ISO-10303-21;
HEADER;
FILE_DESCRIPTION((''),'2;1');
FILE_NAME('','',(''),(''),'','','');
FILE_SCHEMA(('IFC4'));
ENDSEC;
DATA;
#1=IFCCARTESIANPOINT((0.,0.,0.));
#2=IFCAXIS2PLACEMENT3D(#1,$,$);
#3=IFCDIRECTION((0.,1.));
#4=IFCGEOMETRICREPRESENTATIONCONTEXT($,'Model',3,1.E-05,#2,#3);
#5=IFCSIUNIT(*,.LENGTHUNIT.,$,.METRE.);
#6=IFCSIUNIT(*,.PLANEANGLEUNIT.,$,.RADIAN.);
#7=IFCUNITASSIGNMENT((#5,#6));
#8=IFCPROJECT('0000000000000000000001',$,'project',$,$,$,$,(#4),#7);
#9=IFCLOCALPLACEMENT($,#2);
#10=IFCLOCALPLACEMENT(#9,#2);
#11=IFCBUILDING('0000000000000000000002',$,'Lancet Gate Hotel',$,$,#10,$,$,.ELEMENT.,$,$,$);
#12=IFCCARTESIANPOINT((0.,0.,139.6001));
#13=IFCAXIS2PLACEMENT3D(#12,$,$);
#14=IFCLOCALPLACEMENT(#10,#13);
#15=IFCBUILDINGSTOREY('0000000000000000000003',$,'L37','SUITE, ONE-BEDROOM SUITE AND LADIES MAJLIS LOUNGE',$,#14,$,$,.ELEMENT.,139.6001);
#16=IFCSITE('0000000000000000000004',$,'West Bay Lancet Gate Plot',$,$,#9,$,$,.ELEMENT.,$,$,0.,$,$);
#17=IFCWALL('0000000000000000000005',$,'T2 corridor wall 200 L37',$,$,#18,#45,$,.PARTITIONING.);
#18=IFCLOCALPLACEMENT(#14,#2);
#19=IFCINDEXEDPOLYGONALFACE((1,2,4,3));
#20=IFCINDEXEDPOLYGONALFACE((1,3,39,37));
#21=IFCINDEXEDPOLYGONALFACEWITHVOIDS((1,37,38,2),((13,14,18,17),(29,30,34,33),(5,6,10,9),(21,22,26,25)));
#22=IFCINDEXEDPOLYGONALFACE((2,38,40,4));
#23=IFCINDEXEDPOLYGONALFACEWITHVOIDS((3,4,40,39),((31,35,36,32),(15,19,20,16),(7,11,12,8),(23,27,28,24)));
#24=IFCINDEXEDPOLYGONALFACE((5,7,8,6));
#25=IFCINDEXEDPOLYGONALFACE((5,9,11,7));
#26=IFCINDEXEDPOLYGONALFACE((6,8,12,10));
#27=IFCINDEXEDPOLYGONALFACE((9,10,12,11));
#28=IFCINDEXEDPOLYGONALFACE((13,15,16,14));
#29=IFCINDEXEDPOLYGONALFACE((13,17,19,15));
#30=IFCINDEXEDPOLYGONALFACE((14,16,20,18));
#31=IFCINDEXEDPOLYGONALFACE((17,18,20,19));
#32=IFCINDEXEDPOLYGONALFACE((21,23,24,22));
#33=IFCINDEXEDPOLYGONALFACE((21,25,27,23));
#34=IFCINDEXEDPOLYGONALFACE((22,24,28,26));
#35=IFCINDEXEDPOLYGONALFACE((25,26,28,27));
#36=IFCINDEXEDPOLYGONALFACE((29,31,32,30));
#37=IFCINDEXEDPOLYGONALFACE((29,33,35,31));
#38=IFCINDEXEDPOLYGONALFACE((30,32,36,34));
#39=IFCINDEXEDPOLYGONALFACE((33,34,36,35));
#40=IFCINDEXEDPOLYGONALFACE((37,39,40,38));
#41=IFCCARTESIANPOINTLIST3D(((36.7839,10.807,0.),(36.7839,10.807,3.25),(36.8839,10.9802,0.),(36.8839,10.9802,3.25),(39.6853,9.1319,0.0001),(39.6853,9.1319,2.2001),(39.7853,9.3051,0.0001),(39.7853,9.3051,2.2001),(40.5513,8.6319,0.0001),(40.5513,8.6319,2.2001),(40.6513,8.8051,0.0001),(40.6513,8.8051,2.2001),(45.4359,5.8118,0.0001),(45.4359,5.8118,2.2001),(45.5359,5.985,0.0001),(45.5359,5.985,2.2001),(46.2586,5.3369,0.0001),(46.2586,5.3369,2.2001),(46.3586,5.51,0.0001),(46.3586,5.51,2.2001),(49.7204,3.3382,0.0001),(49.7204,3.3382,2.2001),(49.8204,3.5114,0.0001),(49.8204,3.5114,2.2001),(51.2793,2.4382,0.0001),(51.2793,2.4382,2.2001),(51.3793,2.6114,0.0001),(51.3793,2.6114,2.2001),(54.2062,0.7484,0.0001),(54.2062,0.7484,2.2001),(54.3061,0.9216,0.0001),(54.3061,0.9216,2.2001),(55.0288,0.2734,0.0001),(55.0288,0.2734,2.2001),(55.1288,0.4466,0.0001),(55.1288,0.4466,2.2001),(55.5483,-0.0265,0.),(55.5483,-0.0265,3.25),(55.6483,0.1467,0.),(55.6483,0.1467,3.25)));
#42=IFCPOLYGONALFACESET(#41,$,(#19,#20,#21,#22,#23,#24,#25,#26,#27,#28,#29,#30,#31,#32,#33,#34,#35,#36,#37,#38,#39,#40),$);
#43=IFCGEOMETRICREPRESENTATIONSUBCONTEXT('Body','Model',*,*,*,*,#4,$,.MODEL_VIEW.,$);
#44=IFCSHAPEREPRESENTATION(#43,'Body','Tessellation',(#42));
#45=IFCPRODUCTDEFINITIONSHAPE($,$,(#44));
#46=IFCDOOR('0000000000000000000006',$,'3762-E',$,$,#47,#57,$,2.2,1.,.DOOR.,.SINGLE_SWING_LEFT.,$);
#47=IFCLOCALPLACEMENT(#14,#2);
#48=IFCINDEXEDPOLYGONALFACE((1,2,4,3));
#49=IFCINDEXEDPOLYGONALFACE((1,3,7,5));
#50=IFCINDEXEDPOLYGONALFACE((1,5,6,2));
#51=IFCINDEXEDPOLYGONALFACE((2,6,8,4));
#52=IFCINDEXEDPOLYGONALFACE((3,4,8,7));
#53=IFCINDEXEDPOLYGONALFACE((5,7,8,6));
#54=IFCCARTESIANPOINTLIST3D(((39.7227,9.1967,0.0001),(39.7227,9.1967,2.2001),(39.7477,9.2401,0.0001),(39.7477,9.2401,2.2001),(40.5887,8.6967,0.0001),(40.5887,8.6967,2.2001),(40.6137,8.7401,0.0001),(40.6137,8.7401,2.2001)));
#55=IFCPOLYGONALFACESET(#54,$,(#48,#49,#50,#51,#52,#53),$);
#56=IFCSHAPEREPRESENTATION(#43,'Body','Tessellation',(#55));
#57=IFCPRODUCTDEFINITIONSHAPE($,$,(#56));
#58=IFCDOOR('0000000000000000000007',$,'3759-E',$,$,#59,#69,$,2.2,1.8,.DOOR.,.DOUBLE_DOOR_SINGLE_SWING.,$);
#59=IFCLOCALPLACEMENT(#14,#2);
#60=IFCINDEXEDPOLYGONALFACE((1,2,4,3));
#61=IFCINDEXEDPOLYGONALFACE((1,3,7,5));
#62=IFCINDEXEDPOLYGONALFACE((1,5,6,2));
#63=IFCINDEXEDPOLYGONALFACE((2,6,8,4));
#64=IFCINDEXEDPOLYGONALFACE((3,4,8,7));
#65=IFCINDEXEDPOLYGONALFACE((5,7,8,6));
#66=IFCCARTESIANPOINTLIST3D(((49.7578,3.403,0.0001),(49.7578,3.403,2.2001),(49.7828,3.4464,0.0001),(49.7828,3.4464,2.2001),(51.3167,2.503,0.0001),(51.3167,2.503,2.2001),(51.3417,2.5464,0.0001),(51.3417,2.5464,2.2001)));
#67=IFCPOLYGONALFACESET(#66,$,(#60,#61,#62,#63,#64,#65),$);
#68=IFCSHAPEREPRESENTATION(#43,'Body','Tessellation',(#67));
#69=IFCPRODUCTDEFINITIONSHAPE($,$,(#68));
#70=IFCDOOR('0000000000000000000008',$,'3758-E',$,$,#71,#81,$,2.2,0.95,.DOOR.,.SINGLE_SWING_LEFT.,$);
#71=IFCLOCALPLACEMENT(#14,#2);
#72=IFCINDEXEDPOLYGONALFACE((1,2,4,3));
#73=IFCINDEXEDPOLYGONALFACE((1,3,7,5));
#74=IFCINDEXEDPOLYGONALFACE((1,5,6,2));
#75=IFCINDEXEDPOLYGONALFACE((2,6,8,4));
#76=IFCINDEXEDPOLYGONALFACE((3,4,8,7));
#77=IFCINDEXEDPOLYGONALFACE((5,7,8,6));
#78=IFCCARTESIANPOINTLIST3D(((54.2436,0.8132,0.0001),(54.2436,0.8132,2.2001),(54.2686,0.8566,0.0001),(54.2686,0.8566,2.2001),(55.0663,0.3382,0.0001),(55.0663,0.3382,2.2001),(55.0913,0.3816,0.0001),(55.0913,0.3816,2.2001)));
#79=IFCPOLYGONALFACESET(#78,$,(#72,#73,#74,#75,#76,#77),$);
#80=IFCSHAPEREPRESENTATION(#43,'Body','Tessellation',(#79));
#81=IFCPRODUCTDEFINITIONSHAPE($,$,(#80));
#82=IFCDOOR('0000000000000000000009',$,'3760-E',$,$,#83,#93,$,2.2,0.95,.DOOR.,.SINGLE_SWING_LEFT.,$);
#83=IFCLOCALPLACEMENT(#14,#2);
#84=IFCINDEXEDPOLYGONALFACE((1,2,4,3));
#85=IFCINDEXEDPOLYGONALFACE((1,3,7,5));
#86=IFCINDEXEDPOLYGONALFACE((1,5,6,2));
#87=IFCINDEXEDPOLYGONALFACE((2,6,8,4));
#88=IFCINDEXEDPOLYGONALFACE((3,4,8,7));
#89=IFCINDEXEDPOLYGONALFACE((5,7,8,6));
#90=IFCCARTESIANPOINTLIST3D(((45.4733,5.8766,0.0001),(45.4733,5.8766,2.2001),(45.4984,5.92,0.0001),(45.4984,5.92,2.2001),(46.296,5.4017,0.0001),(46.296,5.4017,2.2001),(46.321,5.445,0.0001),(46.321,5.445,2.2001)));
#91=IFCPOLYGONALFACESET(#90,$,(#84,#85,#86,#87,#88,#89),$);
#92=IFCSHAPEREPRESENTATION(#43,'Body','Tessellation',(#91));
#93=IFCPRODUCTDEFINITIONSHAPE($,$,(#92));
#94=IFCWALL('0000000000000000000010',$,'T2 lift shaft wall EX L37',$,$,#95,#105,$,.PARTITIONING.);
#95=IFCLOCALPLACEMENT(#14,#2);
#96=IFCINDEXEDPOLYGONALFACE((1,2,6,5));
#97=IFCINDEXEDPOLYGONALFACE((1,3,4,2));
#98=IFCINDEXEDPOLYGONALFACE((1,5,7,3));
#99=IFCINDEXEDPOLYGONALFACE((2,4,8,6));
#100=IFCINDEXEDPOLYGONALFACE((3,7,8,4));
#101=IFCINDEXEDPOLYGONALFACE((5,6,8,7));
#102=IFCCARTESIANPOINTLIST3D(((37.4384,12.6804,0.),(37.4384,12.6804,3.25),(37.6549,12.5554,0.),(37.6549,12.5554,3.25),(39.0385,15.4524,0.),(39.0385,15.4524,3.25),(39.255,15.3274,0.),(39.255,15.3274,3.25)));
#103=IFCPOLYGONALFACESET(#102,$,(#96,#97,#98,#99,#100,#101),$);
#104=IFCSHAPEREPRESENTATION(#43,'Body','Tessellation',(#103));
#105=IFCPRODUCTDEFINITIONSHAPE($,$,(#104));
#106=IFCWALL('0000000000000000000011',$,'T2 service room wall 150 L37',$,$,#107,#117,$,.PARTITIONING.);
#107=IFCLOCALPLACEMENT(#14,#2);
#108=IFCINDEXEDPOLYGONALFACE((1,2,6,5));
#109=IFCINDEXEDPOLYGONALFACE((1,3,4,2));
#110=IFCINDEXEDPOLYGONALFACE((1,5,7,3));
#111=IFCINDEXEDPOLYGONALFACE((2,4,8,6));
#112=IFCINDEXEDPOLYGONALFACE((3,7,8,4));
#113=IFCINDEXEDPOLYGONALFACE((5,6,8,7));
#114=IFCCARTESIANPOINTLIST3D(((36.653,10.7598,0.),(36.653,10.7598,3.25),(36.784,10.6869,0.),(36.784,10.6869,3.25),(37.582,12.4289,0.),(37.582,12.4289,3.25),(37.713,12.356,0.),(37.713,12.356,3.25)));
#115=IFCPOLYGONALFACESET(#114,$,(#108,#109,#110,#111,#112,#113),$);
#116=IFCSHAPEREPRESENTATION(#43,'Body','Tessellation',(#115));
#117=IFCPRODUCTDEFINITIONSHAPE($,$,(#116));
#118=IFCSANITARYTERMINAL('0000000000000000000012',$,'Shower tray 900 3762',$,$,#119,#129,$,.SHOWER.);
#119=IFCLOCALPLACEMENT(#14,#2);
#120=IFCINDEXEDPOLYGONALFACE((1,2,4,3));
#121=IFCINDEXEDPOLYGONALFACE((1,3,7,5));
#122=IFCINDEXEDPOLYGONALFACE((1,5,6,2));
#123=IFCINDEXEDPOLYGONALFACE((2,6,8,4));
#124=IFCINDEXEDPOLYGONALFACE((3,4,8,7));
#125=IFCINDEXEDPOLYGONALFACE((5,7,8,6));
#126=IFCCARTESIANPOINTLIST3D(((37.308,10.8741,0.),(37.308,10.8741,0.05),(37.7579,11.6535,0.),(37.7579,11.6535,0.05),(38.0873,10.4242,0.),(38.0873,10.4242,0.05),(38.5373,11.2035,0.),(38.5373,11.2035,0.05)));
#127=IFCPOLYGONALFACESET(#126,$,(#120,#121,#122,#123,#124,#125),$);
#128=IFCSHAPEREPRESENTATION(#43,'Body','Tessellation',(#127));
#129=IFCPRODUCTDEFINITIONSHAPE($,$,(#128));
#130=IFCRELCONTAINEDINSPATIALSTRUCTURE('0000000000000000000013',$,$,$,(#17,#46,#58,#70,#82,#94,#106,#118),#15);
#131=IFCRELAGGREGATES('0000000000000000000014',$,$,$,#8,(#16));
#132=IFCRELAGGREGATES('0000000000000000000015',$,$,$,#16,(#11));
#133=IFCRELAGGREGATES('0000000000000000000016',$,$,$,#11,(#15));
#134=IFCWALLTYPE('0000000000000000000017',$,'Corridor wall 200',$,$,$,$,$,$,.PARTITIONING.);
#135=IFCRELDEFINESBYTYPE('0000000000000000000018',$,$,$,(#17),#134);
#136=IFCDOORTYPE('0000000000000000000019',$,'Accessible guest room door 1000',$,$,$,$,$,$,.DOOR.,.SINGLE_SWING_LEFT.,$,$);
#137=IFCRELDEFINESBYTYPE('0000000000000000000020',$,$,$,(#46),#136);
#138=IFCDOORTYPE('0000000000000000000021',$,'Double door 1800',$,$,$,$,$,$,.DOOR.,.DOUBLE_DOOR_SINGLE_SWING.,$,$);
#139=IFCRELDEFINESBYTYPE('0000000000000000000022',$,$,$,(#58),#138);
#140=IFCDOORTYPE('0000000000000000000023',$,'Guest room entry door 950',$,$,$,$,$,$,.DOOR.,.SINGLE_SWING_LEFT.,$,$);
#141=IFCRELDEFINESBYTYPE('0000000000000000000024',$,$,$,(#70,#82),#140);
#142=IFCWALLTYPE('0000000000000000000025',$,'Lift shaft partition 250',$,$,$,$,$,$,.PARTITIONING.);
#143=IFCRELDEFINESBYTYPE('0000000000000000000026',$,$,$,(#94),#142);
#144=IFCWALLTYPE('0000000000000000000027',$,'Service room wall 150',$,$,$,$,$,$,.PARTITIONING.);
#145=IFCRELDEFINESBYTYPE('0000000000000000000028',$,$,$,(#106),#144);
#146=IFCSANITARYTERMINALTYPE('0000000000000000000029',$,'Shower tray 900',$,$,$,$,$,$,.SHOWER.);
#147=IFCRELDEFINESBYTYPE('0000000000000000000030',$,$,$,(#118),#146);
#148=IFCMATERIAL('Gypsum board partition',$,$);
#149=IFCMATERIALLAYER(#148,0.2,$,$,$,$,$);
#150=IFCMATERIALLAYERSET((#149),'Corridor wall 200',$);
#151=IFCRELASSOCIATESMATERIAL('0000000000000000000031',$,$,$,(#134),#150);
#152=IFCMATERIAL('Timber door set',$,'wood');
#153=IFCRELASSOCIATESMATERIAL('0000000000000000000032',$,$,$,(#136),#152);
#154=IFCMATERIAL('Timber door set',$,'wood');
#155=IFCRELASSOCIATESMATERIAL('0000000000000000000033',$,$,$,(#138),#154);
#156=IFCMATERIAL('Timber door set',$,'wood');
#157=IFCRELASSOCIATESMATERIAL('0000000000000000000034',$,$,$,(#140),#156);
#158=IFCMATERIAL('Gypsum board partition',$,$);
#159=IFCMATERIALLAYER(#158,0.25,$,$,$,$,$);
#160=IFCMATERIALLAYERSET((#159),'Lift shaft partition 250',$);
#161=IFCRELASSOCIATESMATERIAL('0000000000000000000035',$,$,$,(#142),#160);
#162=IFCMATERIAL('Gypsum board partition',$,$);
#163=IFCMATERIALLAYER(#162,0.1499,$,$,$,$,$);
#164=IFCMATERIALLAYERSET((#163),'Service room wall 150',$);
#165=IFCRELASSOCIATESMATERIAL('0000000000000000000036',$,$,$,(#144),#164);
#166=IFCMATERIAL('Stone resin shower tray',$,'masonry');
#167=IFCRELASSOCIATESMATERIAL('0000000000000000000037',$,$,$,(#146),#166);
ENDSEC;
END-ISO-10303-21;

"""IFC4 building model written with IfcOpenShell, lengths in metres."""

from ifc_helpers import new_model, si_unit, direction, frame, frame_2d, origin, origin_2d, place, context, subcontext, project, spatial, rectangle, extrude, material, layer, layer_set, type_object, element, fill, save


model = new_model("IFC4")

# Units and contexts
model_context = context("Model", 3, precision=1e-05, world=origin(), true_north=direction((0.0, 1.0)))
body_context = subcontext(model_context, "Body", "Model", "MODEL_VIEW")
ifc_project = project(units=[si_unit("LENGTHUNIT", "METRE"), si_unit("PLANEANGLEUNIT", "RADIAN")], contexts=[model_context])

# Site, building, storey
site_placement = place(None, origin())
site = spatial("IfcSite", under=ifc_project, at=site_placement, Name="West Bay Lancet Gate Plot", CompositionType="ELEMENT", RefElevation=0.0)
building_placement = place(site_placement, origin())
building = spatial("IfcBuilding", under=site, at=building_placement, Name="Lancet Gate Hotel", CompositionType="ELEMENT")
storey_placement = place(building_placement, frame((0.0, 0.0, 139.6001)))
storey = spatial("IfcBuildingStorey", under=building, at=storey_placement, Name="L37", Description="SUITE, ONE-BEDROOM SUITE AND LADIES MAJLIS LOUNGE", CompositionType="ELEMENT", Elevation=139.6001)

# Wall, openings, doors
ifc_material_1 = material(Name="Gypsum board partition")
ifc_layer_1 = layer(ifc_material_1, 0.2)
ifc_layer_set_1 = layer_set([ifc_layer_1], Name="Corridor wall 200")
wall_type_1 = type_object("IfcWallType", Name="Corridor wall 200", PredefinedType="PARTITIONING", material=ifc_layer_set_1)
wall_1_placement = place(storey_placement, frame((36.834, 10.8936, 0.0), z_axis=(0.0, 0.0, 1.0), x_axis=(0.866028, -0.499995, 0.0)))
wall_1 = element("IfcWall", 1, at=wall_1_placement, inside=storey, type_object=wall_type_1, Name="T2 corridor wall 200 L37", PredefinedType="PARTITIONING", context=body_context, shape_type="SweptSolid", body=[
    extrude(rectangle(XDim=21.6672, YDim=0.2, at=frame_2d((10.8335, 0.0))), origin(), (0.0, 0.0, 1.0), 3.25),
])
opening_1_placement = place(wall_1_placement, frame((20.1172, 0.0, 0.0)))
opening_1 = element("IfcOpeningElement", 2, at=opening_1_placement, cuts=wall_1, PredefinedType="OPENING", context=body_context, shape_type="SweptSolid", body=[
    extrude(rectangle(XDim=0.95, YDim=2.2, at=frame_2d((0.4751, 1.1001))), frame((0.0, 0.1099, 0.0), z_axis=(0.0, -1.0, 0.0), x_axis=(1.0, 0.0, 0.0)), (0.0, 0.0, 1.0), 0.22),
])
opening_2_placement = place(wall_1_placement, frame((14.9377, 0.0, 0.0)))
opening_2 = element("IfcOpeningElement", 3, at=opening_2_placement, cuts=wall_1, PredefinedType="OPENING", context=body_context, shape_type="SweptSolid", body=[
    extrude(rectangle(XDim=1.8, YDim=2.2, at=frame_2d((0.8999, 1.1001))), frame((0.0, 0.1099, 0.0), z_axis=(0.0, -1.0, 0.0), x_axis=(1.0, 0.0, 0.0)), (0.0, 0.0, 1.0), 0.22),
])
opening_3_placement = place(wall_1_placement, frame((9.9902, 0.0, 0.0)))
opening_3 = element("IfcOpeningElement", 4, at=opening_3_placement, cuts=wall_1, PredefinedType="OPENING", context=body_context, shape_type="SweptSolid", body=[
    extrude(rectangle(XDim=0.95, YDim=2.2, at=frame_2d((0.4751, 1.1001))), frame((0.0, 0.1099, 0.0), z_axis=(0.0, -1.0, 0.0), x_axis=(1.0, 0.0, 0.0)), (0.0, 0.0, 1.0), 0.22),
])
opening_4_placement = place(wall_1_placement, frame((3.3501, 0.0, 0.0)))
opening_4 = element("IfcOpeningElement", 5, at=opening_4_placement, cuts=wall_1, PredefinedType="OPENING", context=body_context, shape_type="SweptSolid", body=[
    extrude(rectangle(XDim=1.0, YDim=2.2, at=frame_2d((0.5, 1.1001))), frame((0.0, 0.1099, 0.0), z_axis=(0.0, -1.0, 0.0), x_axis=(1.0, 0.0, 0.0)), (0.0, 0.0, 1.0), 0.22),
])
ifc_material_2 = material(Name="Timber door set", Category="wood")
door_type_1 = type_object("IfcDoorType", Name="Accessible guest room door 1000", OperationType="SINGLE_SWING_LEFT", PredefinedType="DOOR", material=ifc_material_2)
door_1_placement = place(opening_4_placement, origin())
door_1 = element("IfcDoor", 6, at=door_1_placement, inside=storey, type_object=door_type_1, Name="3762-E", OperationType="SINGLE_SWING_LEFT", OverallHeight=2.2, OverallWidth=1.0, PredefinedType="DOOR", context=body_context, shape_type="SweptSolid", body=[
    extrude(rectangle(XDim=1.0, YDim=2.2, at=frame_2d((0.5, 1.1001))), frame((0.0, 0.0249, 0.0), z_axis=(0.0, -1.0, 0.0), x_axis=(1.0, 0.0, 0.0)), (0.0, 0.0, 1.0), 0.05),
])
fill(opening_4, door_1)
ifc_material_3 = material(Name="Timber door set", Category="wood")
door_type_2 = type_object("IfcDoorType", Name="Double door 1800", OperationType="DOUBLE_DOOR_SINGLE_SWING", PredefinedType="DOOR", material=ifc_material_3)
door_2_placement = place(opening_2_placement, origin())
door_2 = element("IfcDoor", 7, at=door_2_placement, inside=storey, type_object=door_type_2, Name="3759-E", OperationType="DOUBLE_DOOR_SINGLE_SWING", OverallHeight=2.2, OverallWidth=1.8, PredefinedType="DOOR", context=body_context, shape_type="SweptSolid", body=[
    extrude(rectangle(XDim=1.8, YDim=2.2, at=frame_2d((0.8999, 1.1001))), frame((0.0, 0.0249, 0.0), z_axis=(0.0, -1.0, 0.0), x_axis=(1.0, 0.0, 0.0)), (0.0, 0.0, 1.0), 0.05),
])
fill(opening_2, door_2)
ifc_material_4 = material(Name="Timber door set", Category="wood")
door_type_3 = type_object("IfcDoorType", Name="Guest room entry door 950", OperationType="SINGLE_SWING_LEFT", PredefinedType="DOOR", material=ifc_material_4)
door_3_placement = place(opening_1_placement, origin())
door_3 = element("IfcDoor", 8, at=door_3_placement, inside=storey, type_object=door_type_3, Name="3758-E", OperationType="SINGLE_SWING_LEFT", OverallHeight=2.2, OverallWidth=0.95, PredefinedType="DOOR", context=body_context, shape_type="SweptSolid", body=[
    extrude(rectangle(XDim=0.95, YDim=2.2, at=frame_2d((0.4751, 1.1001))), frame((0.0, 0.0249, 0.0), z_axis=(0.0, -1.0, 0.0), x_axis=(1.0, 0.0, 0.0)), (0.0, 0.0, 1.0), 0.05),
])
fill(opening_1, door_3)
door_4_placement = place(opening_3_placement, origin())
door_4 = element("IfcDoor", 9, at=door_4_placement, inside=storey, type_object=door_type_3, Name="3760-E", OperationType="SINGLE_SWING_LEFT", OverallHeight=2.2, OverallWidth=0.95, PredefinedType="DOOR", context=body_context, shape_type="SweptSolid", body=[
    extrude(rectangle(XDim=0.95, YDim=2.2, at=frame_2d((0.4751, 1.1001))), frame((0.0, 0.0249, 0.0), z_axis=(0.0, -1.0, 0.0), x_axis=(1.0, 0.0, 0.0)), (0.0, 0.0, 1.0), 0.05),
])
fill(opening_3, door_4)

# Walls
ifc_material_5 = material(Name="Gypsum board partition")
ifc_layer_2 = layer(ifc_material_5, 0.25)
ifc_layer_set_2 = layer_set([ifc_layer_2], Name="Lift shaft partition 250")
wall_type_2 = type_object("IfcWallType", Name="Lift shaft partition 250", PredefinedType="PARTITIONING", material=ifc_layer_set_2)
wall_2_placement = place(storey_placement, frame((37.5466, 12.6179, 0.0), z_axis=(0.0, 0.0, 1.0), x_axis=(0.499929, 0.866066, 0.0)))
element("IfcWall", 10, at=wall_2_placement, inside=storey, type_object=wall_type_2, Name="T2 lift shaft wall EX L37", PredefinedType="PARTITIONING", context=body_context, shape_type="SweptSolid", body=[
    extrude(rectangle(XDim=3.2007, YDim=0.25, at=frame_2d((1.6003, 0.0))), origin(), (0.0, 0.0, 1.0), 3.25),
])
ifc_material_6 = material(Name="Gypsum board partition")
ifc_layer_3 = layer(ifc_material_6, 0.1499)
ifc_layer_set_3 = layer_set([ifc_layer_3], Name="Service room wall 150")
wall_type_3 = type_object("IfcWallType", Name="Service room wall 150", PredefinedType="PARTITIONING", material=ifc_layer_set_3)
wall_3_placement = place(storey_placement, frame((36.7185, 10.7234, 0.0), z_axis=(0.0, 0.0, 1.0), x_axis=(0.486348, 0.873765, 0.0)))
element("IfcWall", 11, at=wall_3_placement, inside=storey, type_object=wall_type_3, Name="T2 service room wall 150 L37", PredefinedType="PARTITIONING", context=body_context, shape_type="SweptSolid", body=[
    extrude(rectangle(XDim=1.9102, YDim=0.1499, at=frame_2d((0.9551, 0.0))), origin(), (0.0, 0.0, 1.0), 3.25),
])

# Sanitary terminal
ifc_material_7 = material(Name="Stone resin shower tray", Category="masonry")
sanitary_terminal_type = type_object("IfcSanitaryTerminalType", Name="Shower tray 900", PredefinedType="SHOWER", material=ifc_material_7)
sanitary_terminal_placement = place(storey_placement, frame((37.9226, 11.0388, 0.0), z_axis=(0.0, 0.0, 1.0), x_axis=(-0.866025, 0.5, 0.0)))
element("IfcSanitaryTerminal", 12, at=sanitary_terminal_placement, inside=storey, type_object=sanitary_terminal_type, Name="Shower tray 900 3762", PredefinedType="SHOWER", context=body_context, shape_type="SweptSolid", body=[
    extrude(rectangle(XDim=0.8999, YDim=0.8999, at=origin_2d()), origin(), (0.0, 0.0, 1.0), 0.05),
])

save(model, "model.ifc")
